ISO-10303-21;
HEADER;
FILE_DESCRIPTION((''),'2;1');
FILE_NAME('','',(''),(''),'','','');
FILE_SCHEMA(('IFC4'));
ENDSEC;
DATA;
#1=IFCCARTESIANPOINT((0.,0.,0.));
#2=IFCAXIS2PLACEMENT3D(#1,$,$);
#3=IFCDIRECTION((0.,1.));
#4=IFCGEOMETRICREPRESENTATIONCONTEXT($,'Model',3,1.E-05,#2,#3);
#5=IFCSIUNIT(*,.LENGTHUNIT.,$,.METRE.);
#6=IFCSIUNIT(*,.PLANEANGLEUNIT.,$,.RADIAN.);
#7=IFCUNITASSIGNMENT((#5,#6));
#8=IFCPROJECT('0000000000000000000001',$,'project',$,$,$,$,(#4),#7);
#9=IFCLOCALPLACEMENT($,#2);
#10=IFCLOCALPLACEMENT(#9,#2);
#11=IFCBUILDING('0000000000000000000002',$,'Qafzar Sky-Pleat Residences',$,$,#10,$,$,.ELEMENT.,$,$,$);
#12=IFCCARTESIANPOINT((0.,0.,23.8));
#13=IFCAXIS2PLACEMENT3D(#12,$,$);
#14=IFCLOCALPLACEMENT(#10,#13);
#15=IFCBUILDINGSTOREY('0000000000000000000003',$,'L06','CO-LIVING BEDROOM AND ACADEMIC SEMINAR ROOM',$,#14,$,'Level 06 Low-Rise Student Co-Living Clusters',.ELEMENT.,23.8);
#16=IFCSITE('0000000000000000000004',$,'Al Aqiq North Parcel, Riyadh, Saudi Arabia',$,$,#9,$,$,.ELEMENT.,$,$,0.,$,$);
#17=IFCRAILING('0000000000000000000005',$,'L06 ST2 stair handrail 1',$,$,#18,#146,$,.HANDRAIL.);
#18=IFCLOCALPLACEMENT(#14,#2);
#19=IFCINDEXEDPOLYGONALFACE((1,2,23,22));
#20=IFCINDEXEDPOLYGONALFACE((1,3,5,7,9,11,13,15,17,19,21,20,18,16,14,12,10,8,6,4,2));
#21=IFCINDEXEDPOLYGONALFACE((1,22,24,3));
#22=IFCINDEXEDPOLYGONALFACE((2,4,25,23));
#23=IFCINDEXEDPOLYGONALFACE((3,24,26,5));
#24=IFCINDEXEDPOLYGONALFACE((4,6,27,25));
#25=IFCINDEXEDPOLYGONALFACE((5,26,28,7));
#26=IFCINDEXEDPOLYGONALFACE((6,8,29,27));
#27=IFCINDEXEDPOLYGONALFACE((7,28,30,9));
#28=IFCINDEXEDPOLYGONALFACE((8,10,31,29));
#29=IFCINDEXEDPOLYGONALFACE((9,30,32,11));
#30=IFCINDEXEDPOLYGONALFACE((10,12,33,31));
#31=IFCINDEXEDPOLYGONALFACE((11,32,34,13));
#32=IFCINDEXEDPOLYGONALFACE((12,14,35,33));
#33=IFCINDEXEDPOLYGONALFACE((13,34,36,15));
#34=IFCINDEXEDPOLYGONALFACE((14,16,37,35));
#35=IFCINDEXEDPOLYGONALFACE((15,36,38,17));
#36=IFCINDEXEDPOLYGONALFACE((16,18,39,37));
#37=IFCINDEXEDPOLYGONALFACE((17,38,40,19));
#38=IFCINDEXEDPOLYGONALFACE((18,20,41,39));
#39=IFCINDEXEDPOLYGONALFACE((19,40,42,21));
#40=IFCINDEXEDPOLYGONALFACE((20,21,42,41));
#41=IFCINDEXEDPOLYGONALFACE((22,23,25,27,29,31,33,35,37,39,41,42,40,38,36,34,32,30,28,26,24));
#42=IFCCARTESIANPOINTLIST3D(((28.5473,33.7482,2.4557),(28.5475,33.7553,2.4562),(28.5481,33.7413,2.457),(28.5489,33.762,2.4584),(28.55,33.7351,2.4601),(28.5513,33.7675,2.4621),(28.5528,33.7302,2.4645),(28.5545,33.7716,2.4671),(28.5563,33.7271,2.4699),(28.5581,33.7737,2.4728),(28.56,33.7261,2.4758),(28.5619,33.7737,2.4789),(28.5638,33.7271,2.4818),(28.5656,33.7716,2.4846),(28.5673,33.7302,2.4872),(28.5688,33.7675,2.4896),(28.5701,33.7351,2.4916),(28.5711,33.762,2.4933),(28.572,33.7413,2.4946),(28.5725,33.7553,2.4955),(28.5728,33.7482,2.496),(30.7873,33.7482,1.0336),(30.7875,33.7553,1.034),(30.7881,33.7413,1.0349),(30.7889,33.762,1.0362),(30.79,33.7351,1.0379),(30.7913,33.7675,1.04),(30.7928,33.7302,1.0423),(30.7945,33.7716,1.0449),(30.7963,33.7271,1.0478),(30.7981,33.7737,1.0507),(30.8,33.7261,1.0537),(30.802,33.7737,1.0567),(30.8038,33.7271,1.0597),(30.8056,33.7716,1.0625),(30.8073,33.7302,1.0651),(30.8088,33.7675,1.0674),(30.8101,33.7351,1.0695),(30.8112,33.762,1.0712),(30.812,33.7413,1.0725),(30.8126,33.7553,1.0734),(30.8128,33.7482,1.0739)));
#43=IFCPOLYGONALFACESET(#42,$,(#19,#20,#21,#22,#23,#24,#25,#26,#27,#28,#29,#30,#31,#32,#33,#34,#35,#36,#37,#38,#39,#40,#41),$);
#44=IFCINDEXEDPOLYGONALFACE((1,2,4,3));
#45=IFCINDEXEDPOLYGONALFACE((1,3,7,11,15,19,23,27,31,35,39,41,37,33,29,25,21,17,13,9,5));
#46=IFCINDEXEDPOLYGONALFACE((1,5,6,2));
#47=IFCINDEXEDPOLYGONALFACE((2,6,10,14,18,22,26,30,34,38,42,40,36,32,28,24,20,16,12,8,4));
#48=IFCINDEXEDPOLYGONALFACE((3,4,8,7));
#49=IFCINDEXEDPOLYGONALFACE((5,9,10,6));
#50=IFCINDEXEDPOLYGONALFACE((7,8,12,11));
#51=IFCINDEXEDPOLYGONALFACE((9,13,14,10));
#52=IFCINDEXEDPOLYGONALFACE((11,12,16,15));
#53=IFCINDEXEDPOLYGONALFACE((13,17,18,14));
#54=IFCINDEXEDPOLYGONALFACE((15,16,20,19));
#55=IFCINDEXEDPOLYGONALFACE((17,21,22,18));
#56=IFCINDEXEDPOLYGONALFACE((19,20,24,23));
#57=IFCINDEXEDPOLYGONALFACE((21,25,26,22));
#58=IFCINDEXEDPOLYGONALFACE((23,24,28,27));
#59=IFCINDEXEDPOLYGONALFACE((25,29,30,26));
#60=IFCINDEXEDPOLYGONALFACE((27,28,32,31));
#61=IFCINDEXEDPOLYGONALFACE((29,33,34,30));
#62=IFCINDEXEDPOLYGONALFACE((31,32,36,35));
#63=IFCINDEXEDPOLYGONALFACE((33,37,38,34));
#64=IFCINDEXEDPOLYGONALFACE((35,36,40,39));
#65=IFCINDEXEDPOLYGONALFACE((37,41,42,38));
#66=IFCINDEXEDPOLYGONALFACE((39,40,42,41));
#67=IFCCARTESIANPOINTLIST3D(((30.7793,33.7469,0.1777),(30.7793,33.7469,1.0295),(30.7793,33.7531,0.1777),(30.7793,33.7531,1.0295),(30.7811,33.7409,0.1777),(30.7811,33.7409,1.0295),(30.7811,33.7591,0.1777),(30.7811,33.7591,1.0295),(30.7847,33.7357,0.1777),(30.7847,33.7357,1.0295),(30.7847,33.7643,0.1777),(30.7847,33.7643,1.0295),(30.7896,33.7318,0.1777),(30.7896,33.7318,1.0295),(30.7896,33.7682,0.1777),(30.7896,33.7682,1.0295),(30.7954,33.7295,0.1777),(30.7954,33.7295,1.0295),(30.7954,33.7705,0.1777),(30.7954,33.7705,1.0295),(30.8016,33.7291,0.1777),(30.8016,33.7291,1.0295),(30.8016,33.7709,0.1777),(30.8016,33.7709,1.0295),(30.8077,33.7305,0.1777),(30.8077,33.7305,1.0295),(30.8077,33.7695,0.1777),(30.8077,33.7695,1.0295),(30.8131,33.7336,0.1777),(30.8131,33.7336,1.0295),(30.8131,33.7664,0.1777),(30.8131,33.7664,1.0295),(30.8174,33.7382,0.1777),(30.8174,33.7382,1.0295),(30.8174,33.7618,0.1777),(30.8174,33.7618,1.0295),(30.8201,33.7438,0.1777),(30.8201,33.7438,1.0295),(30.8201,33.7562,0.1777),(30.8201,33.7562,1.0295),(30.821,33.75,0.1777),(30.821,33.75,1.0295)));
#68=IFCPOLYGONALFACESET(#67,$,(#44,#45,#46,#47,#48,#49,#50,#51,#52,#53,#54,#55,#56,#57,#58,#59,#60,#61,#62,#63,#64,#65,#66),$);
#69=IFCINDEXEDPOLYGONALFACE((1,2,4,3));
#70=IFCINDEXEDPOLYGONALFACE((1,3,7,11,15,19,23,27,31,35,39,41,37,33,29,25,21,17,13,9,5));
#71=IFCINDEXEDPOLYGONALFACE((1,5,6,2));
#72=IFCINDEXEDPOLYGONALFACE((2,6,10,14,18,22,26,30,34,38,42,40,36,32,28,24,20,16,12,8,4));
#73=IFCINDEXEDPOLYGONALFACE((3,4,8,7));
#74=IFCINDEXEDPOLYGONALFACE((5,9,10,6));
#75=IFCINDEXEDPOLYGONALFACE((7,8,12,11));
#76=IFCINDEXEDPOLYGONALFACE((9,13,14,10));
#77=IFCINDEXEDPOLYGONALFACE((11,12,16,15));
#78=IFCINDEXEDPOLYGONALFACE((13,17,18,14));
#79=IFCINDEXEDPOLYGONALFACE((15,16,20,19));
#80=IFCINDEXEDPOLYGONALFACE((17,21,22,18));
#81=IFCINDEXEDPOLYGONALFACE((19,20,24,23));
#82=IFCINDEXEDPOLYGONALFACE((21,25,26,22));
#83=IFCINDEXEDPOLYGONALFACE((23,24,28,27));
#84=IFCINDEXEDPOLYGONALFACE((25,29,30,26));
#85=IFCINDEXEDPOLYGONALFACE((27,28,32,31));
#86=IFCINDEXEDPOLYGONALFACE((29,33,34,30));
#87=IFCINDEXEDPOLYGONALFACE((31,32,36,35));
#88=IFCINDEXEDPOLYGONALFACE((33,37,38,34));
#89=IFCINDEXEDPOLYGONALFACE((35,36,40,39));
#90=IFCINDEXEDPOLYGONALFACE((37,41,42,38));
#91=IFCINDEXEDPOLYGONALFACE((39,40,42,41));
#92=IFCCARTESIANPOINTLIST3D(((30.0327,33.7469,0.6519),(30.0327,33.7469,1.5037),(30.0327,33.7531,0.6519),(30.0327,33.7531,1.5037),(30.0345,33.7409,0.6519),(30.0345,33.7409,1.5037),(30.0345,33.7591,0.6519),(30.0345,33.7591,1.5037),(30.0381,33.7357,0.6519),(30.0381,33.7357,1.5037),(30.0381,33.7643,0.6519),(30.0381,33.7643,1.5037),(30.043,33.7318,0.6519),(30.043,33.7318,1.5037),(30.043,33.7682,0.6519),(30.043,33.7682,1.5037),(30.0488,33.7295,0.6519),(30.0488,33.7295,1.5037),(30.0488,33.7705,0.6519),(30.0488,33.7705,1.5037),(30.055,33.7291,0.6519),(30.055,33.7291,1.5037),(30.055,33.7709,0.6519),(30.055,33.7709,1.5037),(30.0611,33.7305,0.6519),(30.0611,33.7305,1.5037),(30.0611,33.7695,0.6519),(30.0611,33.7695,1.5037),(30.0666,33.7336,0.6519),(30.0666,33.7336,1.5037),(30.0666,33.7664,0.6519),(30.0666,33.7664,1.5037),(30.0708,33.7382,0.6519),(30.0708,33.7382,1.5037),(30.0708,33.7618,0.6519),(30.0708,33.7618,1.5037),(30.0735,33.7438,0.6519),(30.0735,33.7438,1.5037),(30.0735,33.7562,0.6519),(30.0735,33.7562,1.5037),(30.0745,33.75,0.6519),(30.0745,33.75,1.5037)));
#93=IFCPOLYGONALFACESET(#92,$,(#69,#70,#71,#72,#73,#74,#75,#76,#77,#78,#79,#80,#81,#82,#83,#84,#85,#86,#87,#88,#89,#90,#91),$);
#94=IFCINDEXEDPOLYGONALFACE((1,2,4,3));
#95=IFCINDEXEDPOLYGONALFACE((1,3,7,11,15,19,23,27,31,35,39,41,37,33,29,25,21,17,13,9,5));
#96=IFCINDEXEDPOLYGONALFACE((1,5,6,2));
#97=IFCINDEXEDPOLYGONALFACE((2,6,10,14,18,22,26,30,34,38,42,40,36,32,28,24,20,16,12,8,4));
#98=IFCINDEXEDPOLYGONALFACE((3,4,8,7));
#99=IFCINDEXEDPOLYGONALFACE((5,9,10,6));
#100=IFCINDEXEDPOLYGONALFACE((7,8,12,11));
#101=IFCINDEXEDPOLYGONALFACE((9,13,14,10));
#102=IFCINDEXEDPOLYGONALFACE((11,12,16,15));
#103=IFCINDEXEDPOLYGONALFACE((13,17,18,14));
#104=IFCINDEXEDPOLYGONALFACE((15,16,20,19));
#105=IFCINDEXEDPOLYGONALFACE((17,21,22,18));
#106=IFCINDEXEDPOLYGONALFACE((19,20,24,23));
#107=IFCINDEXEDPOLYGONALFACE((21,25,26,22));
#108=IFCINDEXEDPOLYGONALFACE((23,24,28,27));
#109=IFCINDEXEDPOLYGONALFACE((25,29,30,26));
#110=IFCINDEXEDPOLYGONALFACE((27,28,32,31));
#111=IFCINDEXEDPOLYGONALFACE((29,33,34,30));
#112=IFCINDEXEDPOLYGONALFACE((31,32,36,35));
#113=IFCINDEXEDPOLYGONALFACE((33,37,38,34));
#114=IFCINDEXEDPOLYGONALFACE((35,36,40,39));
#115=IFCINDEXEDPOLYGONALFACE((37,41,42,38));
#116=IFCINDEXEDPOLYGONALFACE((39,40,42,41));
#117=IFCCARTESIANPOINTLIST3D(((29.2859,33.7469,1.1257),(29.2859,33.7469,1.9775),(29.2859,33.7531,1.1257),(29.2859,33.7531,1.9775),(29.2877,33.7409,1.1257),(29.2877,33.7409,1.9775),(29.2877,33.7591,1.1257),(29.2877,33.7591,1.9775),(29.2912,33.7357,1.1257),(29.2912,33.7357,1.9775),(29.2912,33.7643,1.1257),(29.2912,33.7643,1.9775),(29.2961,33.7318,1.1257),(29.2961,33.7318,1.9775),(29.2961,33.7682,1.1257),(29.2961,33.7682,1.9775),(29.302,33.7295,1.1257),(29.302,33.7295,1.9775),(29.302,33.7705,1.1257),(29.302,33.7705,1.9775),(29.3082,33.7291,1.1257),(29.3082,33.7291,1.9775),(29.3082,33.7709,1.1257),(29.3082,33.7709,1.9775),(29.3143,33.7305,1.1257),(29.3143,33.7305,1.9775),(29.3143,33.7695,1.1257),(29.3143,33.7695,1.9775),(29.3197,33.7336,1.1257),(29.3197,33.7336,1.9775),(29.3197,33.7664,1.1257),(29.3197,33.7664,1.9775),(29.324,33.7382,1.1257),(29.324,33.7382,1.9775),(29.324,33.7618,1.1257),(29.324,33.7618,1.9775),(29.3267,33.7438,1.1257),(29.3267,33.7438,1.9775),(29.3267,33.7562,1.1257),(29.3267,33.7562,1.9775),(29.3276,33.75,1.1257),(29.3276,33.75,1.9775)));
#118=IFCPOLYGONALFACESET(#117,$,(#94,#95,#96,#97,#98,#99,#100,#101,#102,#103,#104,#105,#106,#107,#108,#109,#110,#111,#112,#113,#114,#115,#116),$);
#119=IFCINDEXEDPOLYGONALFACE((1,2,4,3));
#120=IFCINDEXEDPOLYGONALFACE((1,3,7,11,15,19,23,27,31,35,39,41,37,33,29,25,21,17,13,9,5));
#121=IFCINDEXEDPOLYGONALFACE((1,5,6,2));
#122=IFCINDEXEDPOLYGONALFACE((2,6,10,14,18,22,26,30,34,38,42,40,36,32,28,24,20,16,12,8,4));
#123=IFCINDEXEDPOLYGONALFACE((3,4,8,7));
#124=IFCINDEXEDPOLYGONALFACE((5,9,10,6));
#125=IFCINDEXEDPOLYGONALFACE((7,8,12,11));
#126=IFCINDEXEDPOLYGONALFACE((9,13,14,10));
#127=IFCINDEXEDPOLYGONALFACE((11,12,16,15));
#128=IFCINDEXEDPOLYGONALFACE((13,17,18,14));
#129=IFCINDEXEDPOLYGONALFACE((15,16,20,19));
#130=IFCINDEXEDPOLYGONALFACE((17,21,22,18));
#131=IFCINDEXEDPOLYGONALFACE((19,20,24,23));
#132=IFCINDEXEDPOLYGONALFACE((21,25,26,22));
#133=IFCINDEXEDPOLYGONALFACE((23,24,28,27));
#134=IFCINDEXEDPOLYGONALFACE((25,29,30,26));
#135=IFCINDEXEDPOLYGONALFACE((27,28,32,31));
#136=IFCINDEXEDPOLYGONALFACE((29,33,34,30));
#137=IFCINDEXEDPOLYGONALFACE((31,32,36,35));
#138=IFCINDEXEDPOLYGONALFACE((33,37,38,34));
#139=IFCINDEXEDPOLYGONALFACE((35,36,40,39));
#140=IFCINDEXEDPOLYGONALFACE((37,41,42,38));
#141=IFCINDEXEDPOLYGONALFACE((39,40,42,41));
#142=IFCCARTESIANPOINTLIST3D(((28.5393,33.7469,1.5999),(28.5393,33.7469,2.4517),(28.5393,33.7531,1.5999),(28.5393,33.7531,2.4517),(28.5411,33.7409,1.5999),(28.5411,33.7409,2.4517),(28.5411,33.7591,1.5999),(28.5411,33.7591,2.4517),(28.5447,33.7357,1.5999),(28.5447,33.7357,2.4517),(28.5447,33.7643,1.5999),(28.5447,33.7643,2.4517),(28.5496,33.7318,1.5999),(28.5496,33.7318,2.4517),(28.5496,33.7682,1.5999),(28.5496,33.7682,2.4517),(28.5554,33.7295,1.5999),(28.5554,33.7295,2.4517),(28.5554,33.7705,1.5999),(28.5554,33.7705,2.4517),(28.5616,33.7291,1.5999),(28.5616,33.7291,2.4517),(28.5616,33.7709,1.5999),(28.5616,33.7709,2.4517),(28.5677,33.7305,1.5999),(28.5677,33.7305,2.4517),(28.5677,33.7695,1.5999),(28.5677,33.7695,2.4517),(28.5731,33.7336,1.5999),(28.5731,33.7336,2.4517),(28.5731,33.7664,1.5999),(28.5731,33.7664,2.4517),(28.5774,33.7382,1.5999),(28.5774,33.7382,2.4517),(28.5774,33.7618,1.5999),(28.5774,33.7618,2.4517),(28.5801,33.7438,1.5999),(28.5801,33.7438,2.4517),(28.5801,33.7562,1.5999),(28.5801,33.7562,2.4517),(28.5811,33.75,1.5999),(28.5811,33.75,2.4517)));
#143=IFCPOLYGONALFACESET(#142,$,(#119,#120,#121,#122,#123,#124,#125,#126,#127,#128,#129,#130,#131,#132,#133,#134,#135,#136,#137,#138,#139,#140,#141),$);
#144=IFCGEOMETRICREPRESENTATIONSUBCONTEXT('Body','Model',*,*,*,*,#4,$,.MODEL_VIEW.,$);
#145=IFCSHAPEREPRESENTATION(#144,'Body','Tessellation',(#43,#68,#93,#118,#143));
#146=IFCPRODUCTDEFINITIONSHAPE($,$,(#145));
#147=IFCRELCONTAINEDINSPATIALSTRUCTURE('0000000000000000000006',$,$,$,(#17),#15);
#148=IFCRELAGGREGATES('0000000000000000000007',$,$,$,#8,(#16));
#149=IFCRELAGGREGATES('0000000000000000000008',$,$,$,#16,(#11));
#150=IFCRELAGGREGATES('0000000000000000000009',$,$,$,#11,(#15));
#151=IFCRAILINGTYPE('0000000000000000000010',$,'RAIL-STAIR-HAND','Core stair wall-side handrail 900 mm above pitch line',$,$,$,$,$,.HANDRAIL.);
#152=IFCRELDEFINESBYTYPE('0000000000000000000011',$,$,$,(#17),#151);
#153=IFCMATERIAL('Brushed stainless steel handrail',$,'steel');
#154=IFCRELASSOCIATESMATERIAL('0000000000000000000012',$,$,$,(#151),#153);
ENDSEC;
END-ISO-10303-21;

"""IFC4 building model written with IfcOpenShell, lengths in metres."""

from ifc_helpers import new_model, si_unit, direction, frame, origin, origin_2d, place, context, subcontext, project, spatial, circle, extrude, source, transform, mapped, material, type_object, element, save


model = new_model("IFC4")

# Units and contexts
model_context = context("Model", 3, precision=1e-05, world=origin(), true_north=direction((0.0, 1.0)))
body_context = subcontext(model_context, "Body", "Model", "MODEL_VIEW")
ifc_project = project(units=[si_unit("LENGTHUNIT", "METRE"), si_unit("PLANEANGLEUNIT", "RADIAN")], contexts=[model_context])

# Site, building, storey
site_placement = place(None, origin())
site = spatial("IfcSite", under=ifc_project, at=site_placement, Name="Al Aqiq North Parcel, Riyadh, Saudi Arabia", CompositionType="ELEMENT", RefElevation=0.0)
building_placement = place(site_placement, origin())
building = spatial("IfcBuilding", under=site, at=building_placement, Name="Qafzar Sky-Pleat Residences", CompositionType="ELEMENT")
storey_placement = place(building_placement, frame((0.0, 0.0, 23.8)))
storey = spatial("IfcBuildingStorey", under=building, at=storey_placement, Name="L06", Description="CO-LIVING BEDROOM AND ACADEMIC SEMINAR ROOM", LongName="Level 06 Low-Rise Student Co-Living Clusters", CompositionType="ELEMENT", Elevation=23.8)

# Railing
ifc_material_1 = material(Name="Brushed stainless steel handrail", Category="steel")
railing_type_1 = type_object("IfcRailingType", Name="RAIL-STAIR-HAND", Description="Core stair wall-side handrail 900 mm above pitch line", PredefinedType="HANDRAIL", material=ifc_material_1)
shared_shape_1 = source(origin(), body_context, "Body", "SweptSolid", [
    extrude(circle(Radius=0.0239, at=origin_2d()), frame((0.0, 0.0, 0.876), z_axis=(-0.844229, 0.0, 0.535982), x_axis=(0.0, -1.0, 0.0)), (0.0, 0.0, 1.0), 2.6533),
    extrude(circle(Radius=0.021, at=origin_2d()), origin(), (0.0, 0.0, 1.0), 0.8518),
    extrude(circle(Radius=0.021, at=origin_2d()), frame((-0.7466, 0.0, 0.4741)), (0.0, 0.0, 1.0), 0.8518),
    extrude(circle(Radius=0.021, at=origin_2d()), frame((-1.4934, 0.0, 0.948)), (0.0, 0.0, 1.0), 0.8518),
    extrude(circle(Radius=0.021, at=origin_2d()), frame((-2.24, 0.0, 1.4221)), (0.0, 0.0, 1.0), 0.8518),
])
railing_1_placement = place(storey_placement, frame((30.8, 33.75, 0.1777)))
element("IfcRailing", 1, at=railing_1_placement, inside=storey, type_object=railing_type_1, Name="L06 ST2 stair handrail 1", PredefinedType="HANDRAIL", context=body_context, shape_type="MappedRepresentation", body=[
    mapped(shared_shape_1, transform((0.0, 0.0, 0.0), x_axis=(1.0, 0.0, 0.0), y_axis=(0.0, 1.0, 0.0), z_axis=(0.0, 0.0, 1.0), scale=1.0)),
])

save(model, "model.ifc")
